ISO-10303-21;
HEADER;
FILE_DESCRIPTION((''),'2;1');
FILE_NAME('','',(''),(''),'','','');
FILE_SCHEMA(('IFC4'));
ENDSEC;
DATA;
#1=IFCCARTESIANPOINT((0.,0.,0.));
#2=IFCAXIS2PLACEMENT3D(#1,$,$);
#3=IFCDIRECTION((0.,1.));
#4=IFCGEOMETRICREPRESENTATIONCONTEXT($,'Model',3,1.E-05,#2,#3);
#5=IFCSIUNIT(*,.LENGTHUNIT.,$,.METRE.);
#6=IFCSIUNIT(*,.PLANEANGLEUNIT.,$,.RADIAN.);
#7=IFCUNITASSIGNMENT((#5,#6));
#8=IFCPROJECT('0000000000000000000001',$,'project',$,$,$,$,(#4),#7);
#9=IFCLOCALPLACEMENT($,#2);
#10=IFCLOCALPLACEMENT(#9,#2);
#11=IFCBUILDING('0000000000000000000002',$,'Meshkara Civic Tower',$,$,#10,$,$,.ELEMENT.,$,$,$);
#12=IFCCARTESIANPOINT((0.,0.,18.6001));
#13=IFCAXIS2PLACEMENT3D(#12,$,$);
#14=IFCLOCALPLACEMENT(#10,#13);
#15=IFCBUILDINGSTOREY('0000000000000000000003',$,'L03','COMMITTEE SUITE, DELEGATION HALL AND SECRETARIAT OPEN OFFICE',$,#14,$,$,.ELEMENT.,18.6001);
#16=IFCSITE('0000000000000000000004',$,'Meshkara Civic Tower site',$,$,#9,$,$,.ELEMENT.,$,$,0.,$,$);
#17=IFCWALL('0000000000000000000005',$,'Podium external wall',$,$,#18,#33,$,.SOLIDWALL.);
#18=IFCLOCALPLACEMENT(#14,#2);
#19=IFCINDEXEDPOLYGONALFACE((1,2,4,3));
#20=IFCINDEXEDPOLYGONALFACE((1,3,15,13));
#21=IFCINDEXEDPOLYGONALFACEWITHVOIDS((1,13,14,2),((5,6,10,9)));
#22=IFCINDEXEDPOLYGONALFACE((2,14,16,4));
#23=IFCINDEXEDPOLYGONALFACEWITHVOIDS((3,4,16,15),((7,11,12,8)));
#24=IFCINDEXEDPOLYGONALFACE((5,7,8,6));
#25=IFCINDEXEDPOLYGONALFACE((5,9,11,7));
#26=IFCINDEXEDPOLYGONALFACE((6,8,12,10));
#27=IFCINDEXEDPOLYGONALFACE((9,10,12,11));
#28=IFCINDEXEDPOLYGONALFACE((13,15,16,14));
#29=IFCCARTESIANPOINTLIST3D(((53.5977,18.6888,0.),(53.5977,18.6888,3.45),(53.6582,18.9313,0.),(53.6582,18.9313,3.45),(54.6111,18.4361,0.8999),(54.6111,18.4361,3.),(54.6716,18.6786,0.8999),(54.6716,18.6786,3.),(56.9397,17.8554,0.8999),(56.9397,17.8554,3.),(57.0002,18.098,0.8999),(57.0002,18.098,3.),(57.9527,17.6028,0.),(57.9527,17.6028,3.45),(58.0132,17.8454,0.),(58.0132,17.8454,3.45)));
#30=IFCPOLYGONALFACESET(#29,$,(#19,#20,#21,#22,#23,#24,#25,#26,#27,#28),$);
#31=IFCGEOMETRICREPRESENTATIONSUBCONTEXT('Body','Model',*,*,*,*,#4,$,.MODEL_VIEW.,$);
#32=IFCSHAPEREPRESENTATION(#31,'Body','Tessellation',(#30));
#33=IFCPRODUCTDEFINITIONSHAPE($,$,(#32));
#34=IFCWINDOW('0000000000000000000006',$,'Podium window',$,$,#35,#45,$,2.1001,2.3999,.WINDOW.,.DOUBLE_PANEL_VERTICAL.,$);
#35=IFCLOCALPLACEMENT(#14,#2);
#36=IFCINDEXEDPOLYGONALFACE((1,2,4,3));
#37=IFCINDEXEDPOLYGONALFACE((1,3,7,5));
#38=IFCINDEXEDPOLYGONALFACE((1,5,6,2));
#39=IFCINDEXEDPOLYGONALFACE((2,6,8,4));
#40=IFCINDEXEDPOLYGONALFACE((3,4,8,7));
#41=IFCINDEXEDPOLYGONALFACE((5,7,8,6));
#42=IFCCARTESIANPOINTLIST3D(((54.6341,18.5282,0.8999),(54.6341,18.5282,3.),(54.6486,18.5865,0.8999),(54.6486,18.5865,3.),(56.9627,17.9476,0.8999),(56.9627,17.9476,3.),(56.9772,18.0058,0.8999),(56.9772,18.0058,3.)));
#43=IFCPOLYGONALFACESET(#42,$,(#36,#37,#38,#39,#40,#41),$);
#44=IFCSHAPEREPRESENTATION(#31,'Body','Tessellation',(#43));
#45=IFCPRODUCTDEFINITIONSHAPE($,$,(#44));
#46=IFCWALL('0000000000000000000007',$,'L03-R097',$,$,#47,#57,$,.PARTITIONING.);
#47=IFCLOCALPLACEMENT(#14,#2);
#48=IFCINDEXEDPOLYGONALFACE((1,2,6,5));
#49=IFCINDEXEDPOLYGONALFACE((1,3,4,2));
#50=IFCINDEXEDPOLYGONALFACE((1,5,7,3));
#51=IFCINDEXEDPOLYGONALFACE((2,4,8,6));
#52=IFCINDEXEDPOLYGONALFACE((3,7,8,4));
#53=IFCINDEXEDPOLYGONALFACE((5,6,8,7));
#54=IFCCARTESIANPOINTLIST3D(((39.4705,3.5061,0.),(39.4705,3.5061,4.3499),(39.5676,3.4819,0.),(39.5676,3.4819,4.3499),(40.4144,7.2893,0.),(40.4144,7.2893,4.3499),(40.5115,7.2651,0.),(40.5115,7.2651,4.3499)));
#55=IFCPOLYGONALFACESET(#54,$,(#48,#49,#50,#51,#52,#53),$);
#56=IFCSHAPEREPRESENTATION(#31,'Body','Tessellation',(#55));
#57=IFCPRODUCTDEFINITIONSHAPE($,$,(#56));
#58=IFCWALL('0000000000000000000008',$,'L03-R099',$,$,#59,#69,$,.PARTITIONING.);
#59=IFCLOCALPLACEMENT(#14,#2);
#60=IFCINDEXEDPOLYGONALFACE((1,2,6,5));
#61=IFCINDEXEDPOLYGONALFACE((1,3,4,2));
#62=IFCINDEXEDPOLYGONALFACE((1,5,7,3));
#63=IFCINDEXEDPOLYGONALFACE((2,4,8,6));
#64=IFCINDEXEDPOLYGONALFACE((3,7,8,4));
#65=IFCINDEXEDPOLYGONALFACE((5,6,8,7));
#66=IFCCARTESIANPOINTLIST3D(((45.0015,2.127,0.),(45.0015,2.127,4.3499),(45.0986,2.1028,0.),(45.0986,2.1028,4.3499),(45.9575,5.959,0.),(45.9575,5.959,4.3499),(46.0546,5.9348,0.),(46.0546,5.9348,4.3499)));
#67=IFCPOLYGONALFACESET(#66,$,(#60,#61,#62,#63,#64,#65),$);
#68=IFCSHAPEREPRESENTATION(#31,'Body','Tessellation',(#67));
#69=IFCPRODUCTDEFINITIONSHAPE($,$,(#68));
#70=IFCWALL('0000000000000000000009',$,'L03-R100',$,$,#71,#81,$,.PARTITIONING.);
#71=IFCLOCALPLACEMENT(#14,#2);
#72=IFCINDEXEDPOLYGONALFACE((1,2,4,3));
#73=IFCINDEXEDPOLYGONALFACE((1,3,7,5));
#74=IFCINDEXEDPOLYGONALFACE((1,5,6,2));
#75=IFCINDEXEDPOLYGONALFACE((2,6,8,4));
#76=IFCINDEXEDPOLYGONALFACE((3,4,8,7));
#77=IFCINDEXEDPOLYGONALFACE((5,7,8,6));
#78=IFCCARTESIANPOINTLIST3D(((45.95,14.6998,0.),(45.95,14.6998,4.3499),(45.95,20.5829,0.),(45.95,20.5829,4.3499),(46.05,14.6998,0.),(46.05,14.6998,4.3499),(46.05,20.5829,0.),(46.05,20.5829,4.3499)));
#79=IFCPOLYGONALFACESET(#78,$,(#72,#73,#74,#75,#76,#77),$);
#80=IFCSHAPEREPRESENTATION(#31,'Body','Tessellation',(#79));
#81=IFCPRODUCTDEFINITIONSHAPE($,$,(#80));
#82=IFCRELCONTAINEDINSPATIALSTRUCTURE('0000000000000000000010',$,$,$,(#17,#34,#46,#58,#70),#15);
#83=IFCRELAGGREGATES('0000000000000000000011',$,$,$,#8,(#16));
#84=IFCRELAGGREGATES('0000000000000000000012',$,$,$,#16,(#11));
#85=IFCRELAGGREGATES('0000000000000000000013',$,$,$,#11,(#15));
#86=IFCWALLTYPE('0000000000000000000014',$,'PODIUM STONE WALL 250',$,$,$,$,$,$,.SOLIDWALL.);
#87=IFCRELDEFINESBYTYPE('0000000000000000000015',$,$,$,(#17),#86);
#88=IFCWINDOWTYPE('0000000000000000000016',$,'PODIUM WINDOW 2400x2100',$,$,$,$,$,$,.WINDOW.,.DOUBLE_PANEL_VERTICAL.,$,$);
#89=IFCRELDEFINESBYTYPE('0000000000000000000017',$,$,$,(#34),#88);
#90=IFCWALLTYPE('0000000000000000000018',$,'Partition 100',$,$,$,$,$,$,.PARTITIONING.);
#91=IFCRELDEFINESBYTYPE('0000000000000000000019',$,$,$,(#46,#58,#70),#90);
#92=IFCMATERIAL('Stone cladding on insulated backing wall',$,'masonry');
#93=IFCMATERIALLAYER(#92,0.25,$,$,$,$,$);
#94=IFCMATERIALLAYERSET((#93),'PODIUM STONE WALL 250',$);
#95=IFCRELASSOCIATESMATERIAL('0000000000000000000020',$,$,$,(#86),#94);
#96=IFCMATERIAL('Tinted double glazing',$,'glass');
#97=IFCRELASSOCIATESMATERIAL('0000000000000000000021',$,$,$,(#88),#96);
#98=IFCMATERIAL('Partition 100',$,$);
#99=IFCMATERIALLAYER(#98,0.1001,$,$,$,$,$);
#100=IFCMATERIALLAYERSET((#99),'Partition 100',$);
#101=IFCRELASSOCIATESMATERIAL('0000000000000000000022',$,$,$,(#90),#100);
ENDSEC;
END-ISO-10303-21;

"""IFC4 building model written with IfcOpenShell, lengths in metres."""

from ifc_helpers import new_model, si_unit, direction, frame, frame_2d, origin, place, context, subcontext, project, spatial, rectangle, extrude, material, layer, layer_set, type_object, element, fill, save


model = new_model("IFC4")

# Units and contexts
model_context = context("Model", 3, precision=1e-05, world=origin(), true_north=direction((0.0, 1.0)))
body_context = subcontext(model_context, "Body", "Model", "MODEL_VIEW")
ifc_project = project(units=[si_unit("LENGTHUNIT", "METRE"), si_unit("PLANEANGLEUNIT", "RADIAN")], contexts=[model_context])

# Site, building, storey
site_placement = place(None, origin())
site = spatial("IfcSite", under=ifc_project, at=site_placement, Name="Meshkara Civic Tower site", CompositionType="ELEMENT", RefElevation=0.0)
building_placement = place(site_placement, origin())
building = spatial("IfcBuilding", under=site, at=building_placement, Name="Meshkara Civic Tower", CompositionType="ELEMENT")
storey_placement = place(building_placement, frame((0.0, 0.0, 18.6001)))
storey = spatial("IfcBuildingStorey", under=building, at=storey_placement, Name="L03", Description="COMMITTEE SUITE, DELEGATION HALL AND SECRETARIAT OPEN OFFICE", CompositionType="ELEMENT", Elevation=18.6001)

# Wall, opening, window
ifc_material_1 = material(Name="Stone cladding on insulated backing wall", Category="masonry")
ifc_layer_1 = layer(ifc_material_1, 0.25)
ifc_layer_set_1 = layer_set([ifc_layer_1], Name="PODIUM STONE WALL 250")
wall_type_1 = type_object("IfcWallType", Name="PODIUM STONE WALL 250", PredefinedType="SOLIDWALL", material=ifc_layer_set_1)
wall_1_placement = place(storey_placement, frame((57.9829, 17.7241, 0.0), z_axis=(0.0, 0.0, 1.0), x_axis=(-0.97029, 0.241947, 0.0)))
wall_1 = element("IfcWall", 1, at=wall_1_placement, inside=storey, type_object=wall_type_1, Name="Podium external wall", PredefinedType="SOLIDWALL", context=body_context, shape_type="SweptSolid", body=[
    extrude(rectangle(XDim=4.4883, YDim=0.25, at=frame_2d((2.2441, 0.0))), origin(), (0.0, 0.0, 1.0), 3.45),
])
opening_1_placement = place(wall_1_placement, frame((1.0439, 0.0, 0.8999)))
opening_1 = element("IfcOpeningElement", 2, at=opening_1_placement, cuts=wall_1, PredefinedType="OPENING", context=body_context, shape_type="SweptSolid", body=[
    extrude(rectangle(XDim=2.3999, YDim=2.1001, at=frame_2d((1.2, 1.05))), frame((0.0, 0.135, 0.0), z_axis=(0.0, -1.0, 0.0), x_axis=(1.0, 0.0, 0.0)), (0.0, 0.0, 1.0), 0.27),
])
ifc_material_2 = material(Name="Tinted double glazing", Category="glass")
window_type = type_object("IfcWindowType", Name="PODIUM WINDOW 2400x2100", PartitioningType="DOUBLE_PANEL_VERTICAL", PredefinedType="WINDOW", material=ifc_material_2)
window_placement = place(opening_1_placement, origin())
window = element("IfcWindow", 3, at=window_placement, inside=storey, type_object=window_type, Name="Podium window", OverallHeight=2.1001, OverallWidth=2.3999, PartitioningType="DOUBLE_PANEL_VERTICAL", PredefinedType="WINDOW", context=body_context, shape_type="SweptSolid", body=[
    extrude(rectangle(XDim=2.3999, YDim=2.1001, at=frame_2d((1.2, 1.05))), frame((0.0, 0.03, 0.0), z_axis=(0.0, -1.0, 0.0), x_axis=(1.0, 0.0, 0.0)), (0.0, 0.0, 1.0), 0.0601),
])
fill(opening_1, window)

# Walls
ifc_material_3 = material(Name="Partition 100")
ifc_layer_2 = layer(ifc_material_3, 0.1001)
ifc_layer_set_2 = layer_set([ifc_layer_2], Name="Partition 100")
wall_type_2 = type_object("IfcWallType", Name="Partition 100", PredefinedType="PARTITIONING", material=ifc_layer_set_2)
wall_2_placement = place(storey_placement, frame((39.519, 3.4939, 0.0), z_axis=(0.0, 0.0, 1.0), x_axis=(0.242064, 0.97026, 0.0)))
element("IfcWall", 4, at=wall_2_placement, inside=storey, type_object=wall_type_2, Name="L03-R097", PredefinedType="PARTITIONING", context=body_context, shape_type="SweptSolid", body=[
    extrude(rectangle(XDim=3.8992, YDim=0.1001, at=frame_2d((1.9497, 0.0))), origin(), (0.0, 0.0, 1.0), 4.3499),
])
wall_3_placement = place(storey_placement, frame((45.05, 2.115, 0.0), z_axis=(0.0, 0.0, 1.0), x_axis=(0.24207, 0.970259, 0.0)))
element("IfcWall", 5, at=wall_3_placement, inside=storey, type_object=wall_type_2, Name="L03-R099", PredefinedType="PARTITIONING", context=body_context, shape_type="SweptSolid", body=[
    extrude(rectangle(XDim=3.9495, YDim=0.1001, at=frame_2d((1.9746, 0.0))), origin(), (0.0, 0.0, 1.0), 4.3499),
])
wall_4_placement = place(storey_placement, frame((46.0, 14.7, 0.0), z_axis=(0.0, 0.0, 1.0), x_axis=(0.0, 1.0, 0.0)))
element("IfcWall", 6, at=wall_4_placement, inside=storey, type_object=wall_type_2, Name="L03-R100", PredefinedType="PARTITIONING", context=body_context, shape_type="SweptSolid", body=[
    extrude(rectangle(XDim=5.8831, YDim=0.1001, at=frame_2d((2.9414, 0.0))), origin(), (0.0, 0.0, 1.0), 4.3499),
])

save(model, "model.ifc")
